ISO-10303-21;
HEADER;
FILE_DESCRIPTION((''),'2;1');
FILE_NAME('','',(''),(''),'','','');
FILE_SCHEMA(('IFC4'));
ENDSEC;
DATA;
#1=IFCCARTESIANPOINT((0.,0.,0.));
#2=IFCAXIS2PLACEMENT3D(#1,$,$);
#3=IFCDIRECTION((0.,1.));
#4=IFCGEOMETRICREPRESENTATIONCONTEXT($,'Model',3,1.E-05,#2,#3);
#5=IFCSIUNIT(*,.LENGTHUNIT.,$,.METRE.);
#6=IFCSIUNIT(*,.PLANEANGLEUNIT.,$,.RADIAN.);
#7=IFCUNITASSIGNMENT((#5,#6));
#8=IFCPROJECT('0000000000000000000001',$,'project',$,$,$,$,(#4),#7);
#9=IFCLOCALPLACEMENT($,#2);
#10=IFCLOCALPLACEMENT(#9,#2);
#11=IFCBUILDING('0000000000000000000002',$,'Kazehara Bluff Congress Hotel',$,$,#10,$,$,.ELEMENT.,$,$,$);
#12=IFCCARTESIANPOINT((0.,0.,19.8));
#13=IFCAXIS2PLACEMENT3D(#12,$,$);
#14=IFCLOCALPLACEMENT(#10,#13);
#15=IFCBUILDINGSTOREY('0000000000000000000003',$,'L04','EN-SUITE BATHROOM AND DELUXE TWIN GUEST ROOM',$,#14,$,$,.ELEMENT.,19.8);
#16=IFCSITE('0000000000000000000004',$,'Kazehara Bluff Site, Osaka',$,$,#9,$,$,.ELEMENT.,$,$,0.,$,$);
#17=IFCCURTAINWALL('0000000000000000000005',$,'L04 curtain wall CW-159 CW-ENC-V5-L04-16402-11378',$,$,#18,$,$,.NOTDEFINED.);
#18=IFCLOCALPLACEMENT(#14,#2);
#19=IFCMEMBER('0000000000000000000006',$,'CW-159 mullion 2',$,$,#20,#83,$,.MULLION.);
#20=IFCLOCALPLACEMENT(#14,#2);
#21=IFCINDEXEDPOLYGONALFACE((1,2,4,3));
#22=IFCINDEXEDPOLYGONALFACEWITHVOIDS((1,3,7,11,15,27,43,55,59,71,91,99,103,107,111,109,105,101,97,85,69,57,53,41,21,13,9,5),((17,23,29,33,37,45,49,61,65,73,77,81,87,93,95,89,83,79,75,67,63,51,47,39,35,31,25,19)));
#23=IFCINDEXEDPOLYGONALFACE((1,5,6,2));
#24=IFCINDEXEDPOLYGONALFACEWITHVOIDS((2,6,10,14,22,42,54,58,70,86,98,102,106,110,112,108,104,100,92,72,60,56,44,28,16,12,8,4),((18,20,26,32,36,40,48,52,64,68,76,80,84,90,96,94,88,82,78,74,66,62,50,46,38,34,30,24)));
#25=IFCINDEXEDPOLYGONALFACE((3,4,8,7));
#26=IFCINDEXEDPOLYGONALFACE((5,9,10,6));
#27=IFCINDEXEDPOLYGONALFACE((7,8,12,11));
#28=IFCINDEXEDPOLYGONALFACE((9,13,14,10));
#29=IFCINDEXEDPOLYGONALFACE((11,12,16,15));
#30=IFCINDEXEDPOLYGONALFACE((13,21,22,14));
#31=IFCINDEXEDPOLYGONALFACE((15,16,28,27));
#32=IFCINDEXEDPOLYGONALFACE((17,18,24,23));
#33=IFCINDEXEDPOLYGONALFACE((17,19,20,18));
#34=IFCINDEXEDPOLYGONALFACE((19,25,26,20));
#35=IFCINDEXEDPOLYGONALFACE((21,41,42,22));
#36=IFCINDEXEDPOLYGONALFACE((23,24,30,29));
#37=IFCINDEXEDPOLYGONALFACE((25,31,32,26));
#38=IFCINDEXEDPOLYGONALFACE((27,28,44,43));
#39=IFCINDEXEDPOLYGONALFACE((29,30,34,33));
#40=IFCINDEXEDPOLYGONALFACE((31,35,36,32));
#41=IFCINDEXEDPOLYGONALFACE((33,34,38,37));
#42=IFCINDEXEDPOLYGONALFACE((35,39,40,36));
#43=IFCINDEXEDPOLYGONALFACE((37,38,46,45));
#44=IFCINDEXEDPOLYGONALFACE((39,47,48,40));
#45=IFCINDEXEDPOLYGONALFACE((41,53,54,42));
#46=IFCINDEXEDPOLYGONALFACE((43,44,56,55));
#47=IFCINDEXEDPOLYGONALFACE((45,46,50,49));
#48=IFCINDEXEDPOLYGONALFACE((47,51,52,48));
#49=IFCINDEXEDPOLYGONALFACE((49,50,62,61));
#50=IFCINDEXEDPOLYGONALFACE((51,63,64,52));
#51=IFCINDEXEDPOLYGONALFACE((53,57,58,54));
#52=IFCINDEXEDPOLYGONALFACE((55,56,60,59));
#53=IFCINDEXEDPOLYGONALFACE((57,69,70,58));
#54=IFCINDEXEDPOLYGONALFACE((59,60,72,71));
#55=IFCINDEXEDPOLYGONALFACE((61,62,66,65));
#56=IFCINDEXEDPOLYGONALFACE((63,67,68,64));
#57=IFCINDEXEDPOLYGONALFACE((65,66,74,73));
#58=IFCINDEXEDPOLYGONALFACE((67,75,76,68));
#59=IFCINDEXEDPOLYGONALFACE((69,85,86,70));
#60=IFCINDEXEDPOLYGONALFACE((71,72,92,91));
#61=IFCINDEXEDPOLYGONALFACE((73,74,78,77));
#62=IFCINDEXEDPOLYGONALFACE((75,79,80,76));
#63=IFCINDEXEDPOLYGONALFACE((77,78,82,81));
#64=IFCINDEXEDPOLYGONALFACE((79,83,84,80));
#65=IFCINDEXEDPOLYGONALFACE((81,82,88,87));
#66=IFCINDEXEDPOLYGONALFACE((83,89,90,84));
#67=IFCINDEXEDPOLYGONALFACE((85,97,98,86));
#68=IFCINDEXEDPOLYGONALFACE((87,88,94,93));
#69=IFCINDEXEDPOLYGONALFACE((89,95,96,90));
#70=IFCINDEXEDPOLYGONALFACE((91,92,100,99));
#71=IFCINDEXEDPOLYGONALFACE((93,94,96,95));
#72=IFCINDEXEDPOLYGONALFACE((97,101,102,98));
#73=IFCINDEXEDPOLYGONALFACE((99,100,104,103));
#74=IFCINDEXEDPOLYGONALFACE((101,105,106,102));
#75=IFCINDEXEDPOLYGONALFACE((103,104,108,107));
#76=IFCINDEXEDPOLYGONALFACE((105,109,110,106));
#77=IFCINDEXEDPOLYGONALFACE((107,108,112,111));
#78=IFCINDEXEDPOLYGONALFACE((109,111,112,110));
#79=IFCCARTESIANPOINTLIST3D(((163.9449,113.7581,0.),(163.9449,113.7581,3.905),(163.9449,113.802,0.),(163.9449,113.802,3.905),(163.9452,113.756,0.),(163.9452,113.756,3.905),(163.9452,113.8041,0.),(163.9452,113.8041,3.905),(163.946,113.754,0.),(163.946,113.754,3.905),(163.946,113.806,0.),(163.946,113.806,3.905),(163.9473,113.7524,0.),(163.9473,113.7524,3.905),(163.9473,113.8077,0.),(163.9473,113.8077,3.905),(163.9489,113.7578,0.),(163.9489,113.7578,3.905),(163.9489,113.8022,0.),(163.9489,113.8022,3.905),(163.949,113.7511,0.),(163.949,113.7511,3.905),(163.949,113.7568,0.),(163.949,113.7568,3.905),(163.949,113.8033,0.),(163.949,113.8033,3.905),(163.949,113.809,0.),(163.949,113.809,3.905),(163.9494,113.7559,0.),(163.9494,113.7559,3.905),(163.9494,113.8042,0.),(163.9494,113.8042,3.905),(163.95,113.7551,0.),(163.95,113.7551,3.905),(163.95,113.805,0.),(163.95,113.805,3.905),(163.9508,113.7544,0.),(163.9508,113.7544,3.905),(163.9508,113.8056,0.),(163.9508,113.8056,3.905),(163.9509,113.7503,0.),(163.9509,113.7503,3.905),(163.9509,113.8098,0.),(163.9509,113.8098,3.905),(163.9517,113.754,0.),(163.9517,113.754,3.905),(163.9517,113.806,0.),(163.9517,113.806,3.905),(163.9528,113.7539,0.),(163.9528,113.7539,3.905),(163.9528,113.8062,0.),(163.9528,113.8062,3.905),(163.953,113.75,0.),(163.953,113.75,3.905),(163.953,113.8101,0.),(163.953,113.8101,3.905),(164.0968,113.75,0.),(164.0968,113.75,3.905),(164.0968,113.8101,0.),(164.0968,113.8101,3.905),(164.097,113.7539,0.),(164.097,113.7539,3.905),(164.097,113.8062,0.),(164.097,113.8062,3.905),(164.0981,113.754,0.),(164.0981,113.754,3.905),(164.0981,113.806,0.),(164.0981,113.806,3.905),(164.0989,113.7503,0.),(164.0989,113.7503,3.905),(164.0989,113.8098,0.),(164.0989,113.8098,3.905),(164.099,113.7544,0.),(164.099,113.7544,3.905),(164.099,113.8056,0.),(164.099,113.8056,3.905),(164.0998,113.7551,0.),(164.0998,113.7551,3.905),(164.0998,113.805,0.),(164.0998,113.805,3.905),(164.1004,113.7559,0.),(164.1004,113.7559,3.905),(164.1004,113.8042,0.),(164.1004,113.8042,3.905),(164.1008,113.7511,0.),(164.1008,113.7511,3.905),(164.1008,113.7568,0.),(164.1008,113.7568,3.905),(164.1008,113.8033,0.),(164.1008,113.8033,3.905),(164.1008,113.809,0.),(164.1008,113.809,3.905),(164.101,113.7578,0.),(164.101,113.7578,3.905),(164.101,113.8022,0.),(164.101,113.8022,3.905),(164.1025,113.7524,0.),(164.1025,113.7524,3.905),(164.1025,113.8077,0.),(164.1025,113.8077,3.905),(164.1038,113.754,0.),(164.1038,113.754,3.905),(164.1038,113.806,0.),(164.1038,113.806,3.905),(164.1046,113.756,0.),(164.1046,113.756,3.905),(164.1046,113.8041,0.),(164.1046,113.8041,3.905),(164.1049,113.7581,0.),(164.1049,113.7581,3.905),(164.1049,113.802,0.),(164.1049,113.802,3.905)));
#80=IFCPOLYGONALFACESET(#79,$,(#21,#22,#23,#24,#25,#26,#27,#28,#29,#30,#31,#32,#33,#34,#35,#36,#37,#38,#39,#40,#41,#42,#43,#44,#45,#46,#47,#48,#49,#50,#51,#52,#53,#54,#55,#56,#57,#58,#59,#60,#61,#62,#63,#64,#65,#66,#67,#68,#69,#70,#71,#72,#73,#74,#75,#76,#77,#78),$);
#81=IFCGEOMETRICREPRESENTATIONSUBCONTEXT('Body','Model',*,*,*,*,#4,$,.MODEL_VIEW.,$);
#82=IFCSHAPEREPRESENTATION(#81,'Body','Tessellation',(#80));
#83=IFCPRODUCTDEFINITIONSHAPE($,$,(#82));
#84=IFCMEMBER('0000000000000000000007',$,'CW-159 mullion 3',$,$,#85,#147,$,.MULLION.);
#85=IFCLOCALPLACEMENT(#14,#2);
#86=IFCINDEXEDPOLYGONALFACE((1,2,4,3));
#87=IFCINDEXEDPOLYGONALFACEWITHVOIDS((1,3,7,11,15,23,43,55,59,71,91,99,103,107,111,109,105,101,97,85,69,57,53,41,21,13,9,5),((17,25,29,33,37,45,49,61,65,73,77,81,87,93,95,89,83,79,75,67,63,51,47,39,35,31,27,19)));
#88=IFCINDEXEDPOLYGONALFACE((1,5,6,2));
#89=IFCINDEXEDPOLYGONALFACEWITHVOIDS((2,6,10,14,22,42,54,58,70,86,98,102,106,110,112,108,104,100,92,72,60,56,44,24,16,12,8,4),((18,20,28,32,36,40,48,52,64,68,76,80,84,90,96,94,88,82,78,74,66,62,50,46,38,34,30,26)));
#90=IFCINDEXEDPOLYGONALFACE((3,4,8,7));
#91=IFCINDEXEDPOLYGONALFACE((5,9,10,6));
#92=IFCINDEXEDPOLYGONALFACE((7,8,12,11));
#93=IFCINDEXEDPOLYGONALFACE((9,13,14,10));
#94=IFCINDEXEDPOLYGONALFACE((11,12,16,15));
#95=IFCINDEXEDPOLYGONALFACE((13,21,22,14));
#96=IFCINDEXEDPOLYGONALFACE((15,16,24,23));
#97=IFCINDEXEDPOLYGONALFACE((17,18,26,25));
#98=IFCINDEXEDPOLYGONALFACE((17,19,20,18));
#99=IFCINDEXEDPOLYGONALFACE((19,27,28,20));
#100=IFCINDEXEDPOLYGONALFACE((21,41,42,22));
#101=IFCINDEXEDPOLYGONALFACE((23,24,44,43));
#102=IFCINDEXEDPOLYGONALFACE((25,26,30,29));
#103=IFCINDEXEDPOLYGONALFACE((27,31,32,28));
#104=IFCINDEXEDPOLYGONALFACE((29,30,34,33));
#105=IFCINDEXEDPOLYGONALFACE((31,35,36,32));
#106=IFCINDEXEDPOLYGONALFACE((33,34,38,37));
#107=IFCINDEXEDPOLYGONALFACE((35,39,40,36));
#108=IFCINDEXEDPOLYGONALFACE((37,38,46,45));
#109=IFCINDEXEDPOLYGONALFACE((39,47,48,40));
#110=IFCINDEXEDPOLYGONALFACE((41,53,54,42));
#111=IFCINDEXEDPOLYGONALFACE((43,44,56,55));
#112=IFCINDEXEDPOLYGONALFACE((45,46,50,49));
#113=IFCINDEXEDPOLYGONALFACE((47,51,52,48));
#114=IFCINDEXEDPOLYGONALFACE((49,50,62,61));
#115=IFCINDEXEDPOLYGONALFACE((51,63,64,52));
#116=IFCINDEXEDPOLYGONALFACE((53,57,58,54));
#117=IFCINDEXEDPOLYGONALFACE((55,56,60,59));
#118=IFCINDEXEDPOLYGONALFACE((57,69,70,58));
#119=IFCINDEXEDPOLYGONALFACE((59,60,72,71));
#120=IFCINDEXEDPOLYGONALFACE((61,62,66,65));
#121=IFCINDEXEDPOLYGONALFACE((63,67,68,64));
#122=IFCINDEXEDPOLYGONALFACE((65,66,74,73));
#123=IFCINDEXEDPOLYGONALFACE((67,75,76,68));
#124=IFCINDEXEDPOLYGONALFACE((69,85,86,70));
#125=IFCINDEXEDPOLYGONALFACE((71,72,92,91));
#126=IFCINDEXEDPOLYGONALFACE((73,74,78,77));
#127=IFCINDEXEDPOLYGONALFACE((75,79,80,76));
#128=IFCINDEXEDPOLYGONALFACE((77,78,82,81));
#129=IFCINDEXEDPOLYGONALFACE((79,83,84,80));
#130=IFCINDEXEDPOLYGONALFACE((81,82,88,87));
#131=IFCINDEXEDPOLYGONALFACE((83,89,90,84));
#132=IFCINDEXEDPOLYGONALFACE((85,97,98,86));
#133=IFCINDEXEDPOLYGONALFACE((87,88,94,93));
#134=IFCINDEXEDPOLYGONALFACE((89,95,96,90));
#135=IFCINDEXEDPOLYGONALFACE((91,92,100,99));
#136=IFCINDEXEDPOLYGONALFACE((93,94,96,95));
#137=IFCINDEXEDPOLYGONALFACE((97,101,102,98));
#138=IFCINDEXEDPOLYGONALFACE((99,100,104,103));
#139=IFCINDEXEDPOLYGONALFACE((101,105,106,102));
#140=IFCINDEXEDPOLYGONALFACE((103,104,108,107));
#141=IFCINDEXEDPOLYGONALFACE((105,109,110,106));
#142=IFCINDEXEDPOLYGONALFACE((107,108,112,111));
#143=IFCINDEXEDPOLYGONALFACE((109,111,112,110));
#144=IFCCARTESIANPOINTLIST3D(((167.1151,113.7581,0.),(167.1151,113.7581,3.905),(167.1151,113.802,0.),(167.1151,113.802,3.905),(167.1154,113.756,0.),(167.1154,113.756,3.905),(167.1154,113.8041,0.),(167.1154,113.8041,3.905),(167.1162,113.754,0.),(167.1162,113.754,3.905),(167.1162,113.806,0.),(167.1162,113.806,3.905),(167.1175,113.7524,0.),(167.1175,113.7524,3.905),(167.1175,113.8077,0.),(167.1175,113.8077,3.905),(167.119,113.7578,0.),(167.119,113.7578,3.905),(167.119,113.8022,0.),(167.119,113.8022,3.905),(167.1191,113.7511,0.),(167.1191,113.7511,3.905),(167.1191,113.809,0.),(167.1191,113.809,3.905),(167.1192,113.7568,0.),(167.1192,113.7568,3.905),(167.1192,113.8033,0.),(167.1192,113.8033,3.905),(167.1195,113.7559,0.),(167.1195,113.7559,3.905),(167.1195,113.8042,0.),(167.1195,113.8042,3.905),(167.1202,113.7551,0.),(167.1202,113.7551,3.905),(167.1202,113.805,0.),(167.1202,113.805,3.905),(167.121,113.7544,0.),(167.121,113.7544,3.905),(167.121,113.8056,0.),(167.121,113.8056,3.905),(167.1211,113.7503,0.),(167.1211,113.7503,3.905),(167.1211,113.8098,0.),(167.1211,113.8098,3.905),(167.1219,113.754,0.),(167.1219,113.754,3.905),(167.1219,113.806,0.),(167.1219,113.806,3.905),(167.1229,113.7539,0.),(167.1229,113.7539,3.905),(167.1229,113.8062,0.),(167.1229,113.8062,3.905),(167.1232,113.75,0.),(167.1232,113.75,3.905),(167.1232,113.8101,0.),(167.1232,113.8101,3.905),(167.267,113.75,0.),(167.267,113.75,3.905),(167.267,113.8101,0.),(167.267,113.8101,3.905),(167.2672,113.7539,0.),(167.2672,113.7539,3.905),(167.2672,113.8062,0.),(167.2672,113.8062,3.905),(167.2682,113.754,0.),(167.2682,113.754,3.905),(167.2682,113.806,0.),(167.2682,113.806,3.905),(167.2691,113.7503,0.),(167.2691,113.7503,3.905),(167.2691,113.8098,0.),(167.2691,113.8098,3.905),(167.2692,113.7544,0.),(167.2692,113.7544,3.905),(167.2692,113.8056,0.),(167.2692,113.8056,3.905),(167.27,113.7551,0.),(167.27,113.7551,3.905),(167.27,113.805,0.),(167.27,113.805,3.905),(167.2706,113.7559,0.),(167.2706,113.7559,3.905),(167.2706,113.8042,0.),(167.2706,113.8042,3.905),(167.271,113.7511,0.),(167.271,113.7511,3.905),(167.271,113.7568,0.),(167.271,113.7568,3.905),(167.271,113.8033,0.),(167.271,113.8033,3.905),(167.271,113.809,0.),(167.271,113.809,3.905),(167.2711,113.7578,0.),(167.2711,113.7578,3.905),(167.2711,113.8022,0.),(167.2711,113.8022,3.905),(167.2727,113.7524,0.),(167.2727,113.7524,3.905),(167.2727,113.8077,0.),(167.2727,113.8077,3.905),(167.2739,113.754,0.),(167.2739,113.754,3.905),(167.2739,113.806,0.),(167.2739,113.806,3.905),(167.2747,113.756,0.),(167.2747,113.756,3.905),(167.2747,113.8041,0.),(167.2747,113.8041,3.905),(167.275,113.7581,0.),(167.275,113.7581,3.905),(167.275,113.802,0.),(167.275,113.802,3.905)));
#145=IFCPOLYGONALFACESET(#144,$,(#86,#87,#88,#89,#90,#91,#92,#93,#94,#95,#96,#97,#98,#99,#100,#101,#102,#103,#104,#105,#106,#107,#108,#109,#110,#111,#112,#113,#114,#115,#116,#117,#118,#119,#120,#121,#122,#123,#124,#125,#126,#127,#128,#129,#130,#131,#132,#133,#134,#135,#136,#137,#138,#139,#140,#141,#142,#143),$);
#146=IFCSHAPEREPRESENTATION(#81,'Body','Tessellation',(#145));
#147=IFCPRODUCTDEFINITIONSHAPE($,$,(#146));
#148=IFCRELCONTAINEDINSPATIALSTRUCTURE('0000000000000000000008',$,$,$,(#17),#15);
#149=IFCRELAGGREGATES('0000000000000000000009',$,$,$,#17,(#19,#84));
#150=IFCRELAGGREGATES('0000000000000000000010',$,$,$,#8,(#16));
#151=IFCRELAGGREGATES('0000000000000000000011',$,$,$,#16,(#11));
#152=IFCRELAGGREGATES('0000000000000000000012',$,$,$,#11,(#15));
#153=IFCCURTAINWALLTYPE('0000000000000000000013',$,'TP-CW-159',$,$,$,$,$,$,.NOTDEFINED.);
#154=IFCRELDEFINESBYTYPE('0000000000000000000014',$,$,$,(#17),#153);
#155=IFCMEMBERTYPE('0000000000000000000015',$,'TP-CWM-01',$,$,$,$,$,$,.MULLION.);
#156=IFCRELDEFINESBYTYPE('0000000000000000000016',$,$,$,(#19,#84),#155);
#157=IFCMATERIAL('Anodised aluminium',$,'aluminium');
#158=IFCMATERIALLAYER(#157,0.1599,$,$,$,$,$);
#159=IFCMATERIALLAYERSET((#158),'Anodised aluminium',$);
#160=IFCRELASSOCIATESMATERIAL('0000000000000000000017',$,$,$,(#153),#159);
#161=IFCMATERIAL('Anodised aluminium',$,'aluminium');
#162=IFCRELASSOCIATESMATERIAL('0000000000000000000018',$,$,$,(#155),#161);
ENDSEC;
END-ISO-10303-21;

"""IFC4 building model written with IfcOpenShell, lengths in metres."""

from ifc_helpers import new_model, si_unit, direction, frame, origin, origin_2d, place, context, subcontext, project, spatial, hollow_rectangle, extrude, material, layer, layer_set, material_profile, profile_set, type_object, element, aggregate, save


model = new_model("IFC4")

# Units and contexts
model_context = context("Model", 3, precision=1e-05, world=origin(), true_north=direction((0.0, 1.0)))
body_context = subcontext(model_context, "Body", "Model", "MODEL_VIEW")
ifc_project = project(units=[si_unit("LENGTHUNIT", "METRE"), si_unit("PLANEANGLEUNIT", "RADIAN")], contexts=[model_context])

# Site, building, storey
site_placement = place(None, origin())
site = spatial("IfcSite", under=ifc_project, at=site_placement, Name="Kazehara Bluff Site, Osaka", CompositionType="ELEMENT", RefElevation=0.0)
building_placement = place(site_placement, origin())
building = spatial("IfcBuilding", under=site, at=building_placement, Name="Kazehara Bluff Congress Hotel", CompositionType="ELEMENT")
storey_placement = place(building_placement, frame((0.0, 0.0, 19.8)))
storey = spatial("IfcBuildingStorey", under=building, at=storey_placement, Name="L04", Description="EN-SUITE BATHROOM AND DELUXE TWIN GUEST ROOM", CompositionType="ELEMENT", Elevation=19.8)

# Curtain wall, members
ifc_material_1 = material(Name="Anodised aluminium", Category="aluminium")
ifc_layer_1 = layer(ifc_material_1, 0.1599)
ifc_layer_set_1 = layer_set([ifc_layer_1], Name="Anodised aluminium")
curtain_wall_type_1 = type_object("IfcCurtainWallType", Name="TP-CW-159", PredefinedType="NOTDEFINED", material=ifc_layer_set_1)
curtain_wall_1_placement = place(storey_placement, origin())
curtain_wall_1 = element("IfcCurtainWall", 1, at=curtain_wall_1_placement, inside=storey, type_object=curtain_wall_type_1, Name="L04 curtain wall CW-159 CW-ENC-V5-L04-16402-11378", PredefinedType="NOTDEFINED")
ifc_material_2 = material(Name="Anodised aluminium", Category="aluminium")
ifc_material_profile_1 = material_profile(ifc_material_2, hollow_rectangle(XDim=0.0601, YDim=0.1599, WallThickness=0.0039, InnerFilletRadius=0.0039, OuterFilletRadius=0.0081, at=origin_2d()))
ifc_profile_set_1 = profile_set([ifc_material_profile_1], Name="Anodised aluminium")
member_type_1 = type_object("IfcMemberType", Name="TP-CWM-01", PredefinedType="MULLION", material=ifc_profile_set_1)
member_1_placement = place(storey_placement, frame((164.0249, 113.78, 0.0), z_axis=(0.0, 0.0, 1.0), x_axis=(0.0, 1.0, 0.0)))
member_1 = element("IfcMember", 2, at=member_1_placement, type_object=member_type_1, Name="CW-159 mullion 2", PredefinedType="MULLION", context=body_context, shape_type="SweptSolid", body=[
    extrude(hollow_rectangle(XDim=0.0601, YDim=0.1599, WallThickness=0.0039, InnerFilletRadius=0.0039, OuterFilletRadius=0.0081, at=origin_2d()), origin(), (0.0, 0.0, 1.0), 3.905),
])
member_2_placement = place(storey_placement, frame((167.1951, 113.78, 0.0), z_axis=(0.0, 0.0, 1.0), x_axis=(0.0, 1.0, 0.0)))
member_2 = element("IfcMember", 3, at=member_2_placement, type_object=member_type_1, Name="CW-159 mullion 3", PredefinedType="MULLION", context=body_context, shape_type="SweptSolid", body=[
    extrude(hollow_rectangle(XDim=0.0601, YDim=0.1599, WallThickness=0.0039, InnerFilletRadius=0.0039, OuterFilletRadius=0.0081, at=origin_2d()), origin(), (0.0, 0.0, 1.0), 3.905),
])

aggregate(curtain_wall_1, [member_1, member_2])

save(model, "model.ifc")
